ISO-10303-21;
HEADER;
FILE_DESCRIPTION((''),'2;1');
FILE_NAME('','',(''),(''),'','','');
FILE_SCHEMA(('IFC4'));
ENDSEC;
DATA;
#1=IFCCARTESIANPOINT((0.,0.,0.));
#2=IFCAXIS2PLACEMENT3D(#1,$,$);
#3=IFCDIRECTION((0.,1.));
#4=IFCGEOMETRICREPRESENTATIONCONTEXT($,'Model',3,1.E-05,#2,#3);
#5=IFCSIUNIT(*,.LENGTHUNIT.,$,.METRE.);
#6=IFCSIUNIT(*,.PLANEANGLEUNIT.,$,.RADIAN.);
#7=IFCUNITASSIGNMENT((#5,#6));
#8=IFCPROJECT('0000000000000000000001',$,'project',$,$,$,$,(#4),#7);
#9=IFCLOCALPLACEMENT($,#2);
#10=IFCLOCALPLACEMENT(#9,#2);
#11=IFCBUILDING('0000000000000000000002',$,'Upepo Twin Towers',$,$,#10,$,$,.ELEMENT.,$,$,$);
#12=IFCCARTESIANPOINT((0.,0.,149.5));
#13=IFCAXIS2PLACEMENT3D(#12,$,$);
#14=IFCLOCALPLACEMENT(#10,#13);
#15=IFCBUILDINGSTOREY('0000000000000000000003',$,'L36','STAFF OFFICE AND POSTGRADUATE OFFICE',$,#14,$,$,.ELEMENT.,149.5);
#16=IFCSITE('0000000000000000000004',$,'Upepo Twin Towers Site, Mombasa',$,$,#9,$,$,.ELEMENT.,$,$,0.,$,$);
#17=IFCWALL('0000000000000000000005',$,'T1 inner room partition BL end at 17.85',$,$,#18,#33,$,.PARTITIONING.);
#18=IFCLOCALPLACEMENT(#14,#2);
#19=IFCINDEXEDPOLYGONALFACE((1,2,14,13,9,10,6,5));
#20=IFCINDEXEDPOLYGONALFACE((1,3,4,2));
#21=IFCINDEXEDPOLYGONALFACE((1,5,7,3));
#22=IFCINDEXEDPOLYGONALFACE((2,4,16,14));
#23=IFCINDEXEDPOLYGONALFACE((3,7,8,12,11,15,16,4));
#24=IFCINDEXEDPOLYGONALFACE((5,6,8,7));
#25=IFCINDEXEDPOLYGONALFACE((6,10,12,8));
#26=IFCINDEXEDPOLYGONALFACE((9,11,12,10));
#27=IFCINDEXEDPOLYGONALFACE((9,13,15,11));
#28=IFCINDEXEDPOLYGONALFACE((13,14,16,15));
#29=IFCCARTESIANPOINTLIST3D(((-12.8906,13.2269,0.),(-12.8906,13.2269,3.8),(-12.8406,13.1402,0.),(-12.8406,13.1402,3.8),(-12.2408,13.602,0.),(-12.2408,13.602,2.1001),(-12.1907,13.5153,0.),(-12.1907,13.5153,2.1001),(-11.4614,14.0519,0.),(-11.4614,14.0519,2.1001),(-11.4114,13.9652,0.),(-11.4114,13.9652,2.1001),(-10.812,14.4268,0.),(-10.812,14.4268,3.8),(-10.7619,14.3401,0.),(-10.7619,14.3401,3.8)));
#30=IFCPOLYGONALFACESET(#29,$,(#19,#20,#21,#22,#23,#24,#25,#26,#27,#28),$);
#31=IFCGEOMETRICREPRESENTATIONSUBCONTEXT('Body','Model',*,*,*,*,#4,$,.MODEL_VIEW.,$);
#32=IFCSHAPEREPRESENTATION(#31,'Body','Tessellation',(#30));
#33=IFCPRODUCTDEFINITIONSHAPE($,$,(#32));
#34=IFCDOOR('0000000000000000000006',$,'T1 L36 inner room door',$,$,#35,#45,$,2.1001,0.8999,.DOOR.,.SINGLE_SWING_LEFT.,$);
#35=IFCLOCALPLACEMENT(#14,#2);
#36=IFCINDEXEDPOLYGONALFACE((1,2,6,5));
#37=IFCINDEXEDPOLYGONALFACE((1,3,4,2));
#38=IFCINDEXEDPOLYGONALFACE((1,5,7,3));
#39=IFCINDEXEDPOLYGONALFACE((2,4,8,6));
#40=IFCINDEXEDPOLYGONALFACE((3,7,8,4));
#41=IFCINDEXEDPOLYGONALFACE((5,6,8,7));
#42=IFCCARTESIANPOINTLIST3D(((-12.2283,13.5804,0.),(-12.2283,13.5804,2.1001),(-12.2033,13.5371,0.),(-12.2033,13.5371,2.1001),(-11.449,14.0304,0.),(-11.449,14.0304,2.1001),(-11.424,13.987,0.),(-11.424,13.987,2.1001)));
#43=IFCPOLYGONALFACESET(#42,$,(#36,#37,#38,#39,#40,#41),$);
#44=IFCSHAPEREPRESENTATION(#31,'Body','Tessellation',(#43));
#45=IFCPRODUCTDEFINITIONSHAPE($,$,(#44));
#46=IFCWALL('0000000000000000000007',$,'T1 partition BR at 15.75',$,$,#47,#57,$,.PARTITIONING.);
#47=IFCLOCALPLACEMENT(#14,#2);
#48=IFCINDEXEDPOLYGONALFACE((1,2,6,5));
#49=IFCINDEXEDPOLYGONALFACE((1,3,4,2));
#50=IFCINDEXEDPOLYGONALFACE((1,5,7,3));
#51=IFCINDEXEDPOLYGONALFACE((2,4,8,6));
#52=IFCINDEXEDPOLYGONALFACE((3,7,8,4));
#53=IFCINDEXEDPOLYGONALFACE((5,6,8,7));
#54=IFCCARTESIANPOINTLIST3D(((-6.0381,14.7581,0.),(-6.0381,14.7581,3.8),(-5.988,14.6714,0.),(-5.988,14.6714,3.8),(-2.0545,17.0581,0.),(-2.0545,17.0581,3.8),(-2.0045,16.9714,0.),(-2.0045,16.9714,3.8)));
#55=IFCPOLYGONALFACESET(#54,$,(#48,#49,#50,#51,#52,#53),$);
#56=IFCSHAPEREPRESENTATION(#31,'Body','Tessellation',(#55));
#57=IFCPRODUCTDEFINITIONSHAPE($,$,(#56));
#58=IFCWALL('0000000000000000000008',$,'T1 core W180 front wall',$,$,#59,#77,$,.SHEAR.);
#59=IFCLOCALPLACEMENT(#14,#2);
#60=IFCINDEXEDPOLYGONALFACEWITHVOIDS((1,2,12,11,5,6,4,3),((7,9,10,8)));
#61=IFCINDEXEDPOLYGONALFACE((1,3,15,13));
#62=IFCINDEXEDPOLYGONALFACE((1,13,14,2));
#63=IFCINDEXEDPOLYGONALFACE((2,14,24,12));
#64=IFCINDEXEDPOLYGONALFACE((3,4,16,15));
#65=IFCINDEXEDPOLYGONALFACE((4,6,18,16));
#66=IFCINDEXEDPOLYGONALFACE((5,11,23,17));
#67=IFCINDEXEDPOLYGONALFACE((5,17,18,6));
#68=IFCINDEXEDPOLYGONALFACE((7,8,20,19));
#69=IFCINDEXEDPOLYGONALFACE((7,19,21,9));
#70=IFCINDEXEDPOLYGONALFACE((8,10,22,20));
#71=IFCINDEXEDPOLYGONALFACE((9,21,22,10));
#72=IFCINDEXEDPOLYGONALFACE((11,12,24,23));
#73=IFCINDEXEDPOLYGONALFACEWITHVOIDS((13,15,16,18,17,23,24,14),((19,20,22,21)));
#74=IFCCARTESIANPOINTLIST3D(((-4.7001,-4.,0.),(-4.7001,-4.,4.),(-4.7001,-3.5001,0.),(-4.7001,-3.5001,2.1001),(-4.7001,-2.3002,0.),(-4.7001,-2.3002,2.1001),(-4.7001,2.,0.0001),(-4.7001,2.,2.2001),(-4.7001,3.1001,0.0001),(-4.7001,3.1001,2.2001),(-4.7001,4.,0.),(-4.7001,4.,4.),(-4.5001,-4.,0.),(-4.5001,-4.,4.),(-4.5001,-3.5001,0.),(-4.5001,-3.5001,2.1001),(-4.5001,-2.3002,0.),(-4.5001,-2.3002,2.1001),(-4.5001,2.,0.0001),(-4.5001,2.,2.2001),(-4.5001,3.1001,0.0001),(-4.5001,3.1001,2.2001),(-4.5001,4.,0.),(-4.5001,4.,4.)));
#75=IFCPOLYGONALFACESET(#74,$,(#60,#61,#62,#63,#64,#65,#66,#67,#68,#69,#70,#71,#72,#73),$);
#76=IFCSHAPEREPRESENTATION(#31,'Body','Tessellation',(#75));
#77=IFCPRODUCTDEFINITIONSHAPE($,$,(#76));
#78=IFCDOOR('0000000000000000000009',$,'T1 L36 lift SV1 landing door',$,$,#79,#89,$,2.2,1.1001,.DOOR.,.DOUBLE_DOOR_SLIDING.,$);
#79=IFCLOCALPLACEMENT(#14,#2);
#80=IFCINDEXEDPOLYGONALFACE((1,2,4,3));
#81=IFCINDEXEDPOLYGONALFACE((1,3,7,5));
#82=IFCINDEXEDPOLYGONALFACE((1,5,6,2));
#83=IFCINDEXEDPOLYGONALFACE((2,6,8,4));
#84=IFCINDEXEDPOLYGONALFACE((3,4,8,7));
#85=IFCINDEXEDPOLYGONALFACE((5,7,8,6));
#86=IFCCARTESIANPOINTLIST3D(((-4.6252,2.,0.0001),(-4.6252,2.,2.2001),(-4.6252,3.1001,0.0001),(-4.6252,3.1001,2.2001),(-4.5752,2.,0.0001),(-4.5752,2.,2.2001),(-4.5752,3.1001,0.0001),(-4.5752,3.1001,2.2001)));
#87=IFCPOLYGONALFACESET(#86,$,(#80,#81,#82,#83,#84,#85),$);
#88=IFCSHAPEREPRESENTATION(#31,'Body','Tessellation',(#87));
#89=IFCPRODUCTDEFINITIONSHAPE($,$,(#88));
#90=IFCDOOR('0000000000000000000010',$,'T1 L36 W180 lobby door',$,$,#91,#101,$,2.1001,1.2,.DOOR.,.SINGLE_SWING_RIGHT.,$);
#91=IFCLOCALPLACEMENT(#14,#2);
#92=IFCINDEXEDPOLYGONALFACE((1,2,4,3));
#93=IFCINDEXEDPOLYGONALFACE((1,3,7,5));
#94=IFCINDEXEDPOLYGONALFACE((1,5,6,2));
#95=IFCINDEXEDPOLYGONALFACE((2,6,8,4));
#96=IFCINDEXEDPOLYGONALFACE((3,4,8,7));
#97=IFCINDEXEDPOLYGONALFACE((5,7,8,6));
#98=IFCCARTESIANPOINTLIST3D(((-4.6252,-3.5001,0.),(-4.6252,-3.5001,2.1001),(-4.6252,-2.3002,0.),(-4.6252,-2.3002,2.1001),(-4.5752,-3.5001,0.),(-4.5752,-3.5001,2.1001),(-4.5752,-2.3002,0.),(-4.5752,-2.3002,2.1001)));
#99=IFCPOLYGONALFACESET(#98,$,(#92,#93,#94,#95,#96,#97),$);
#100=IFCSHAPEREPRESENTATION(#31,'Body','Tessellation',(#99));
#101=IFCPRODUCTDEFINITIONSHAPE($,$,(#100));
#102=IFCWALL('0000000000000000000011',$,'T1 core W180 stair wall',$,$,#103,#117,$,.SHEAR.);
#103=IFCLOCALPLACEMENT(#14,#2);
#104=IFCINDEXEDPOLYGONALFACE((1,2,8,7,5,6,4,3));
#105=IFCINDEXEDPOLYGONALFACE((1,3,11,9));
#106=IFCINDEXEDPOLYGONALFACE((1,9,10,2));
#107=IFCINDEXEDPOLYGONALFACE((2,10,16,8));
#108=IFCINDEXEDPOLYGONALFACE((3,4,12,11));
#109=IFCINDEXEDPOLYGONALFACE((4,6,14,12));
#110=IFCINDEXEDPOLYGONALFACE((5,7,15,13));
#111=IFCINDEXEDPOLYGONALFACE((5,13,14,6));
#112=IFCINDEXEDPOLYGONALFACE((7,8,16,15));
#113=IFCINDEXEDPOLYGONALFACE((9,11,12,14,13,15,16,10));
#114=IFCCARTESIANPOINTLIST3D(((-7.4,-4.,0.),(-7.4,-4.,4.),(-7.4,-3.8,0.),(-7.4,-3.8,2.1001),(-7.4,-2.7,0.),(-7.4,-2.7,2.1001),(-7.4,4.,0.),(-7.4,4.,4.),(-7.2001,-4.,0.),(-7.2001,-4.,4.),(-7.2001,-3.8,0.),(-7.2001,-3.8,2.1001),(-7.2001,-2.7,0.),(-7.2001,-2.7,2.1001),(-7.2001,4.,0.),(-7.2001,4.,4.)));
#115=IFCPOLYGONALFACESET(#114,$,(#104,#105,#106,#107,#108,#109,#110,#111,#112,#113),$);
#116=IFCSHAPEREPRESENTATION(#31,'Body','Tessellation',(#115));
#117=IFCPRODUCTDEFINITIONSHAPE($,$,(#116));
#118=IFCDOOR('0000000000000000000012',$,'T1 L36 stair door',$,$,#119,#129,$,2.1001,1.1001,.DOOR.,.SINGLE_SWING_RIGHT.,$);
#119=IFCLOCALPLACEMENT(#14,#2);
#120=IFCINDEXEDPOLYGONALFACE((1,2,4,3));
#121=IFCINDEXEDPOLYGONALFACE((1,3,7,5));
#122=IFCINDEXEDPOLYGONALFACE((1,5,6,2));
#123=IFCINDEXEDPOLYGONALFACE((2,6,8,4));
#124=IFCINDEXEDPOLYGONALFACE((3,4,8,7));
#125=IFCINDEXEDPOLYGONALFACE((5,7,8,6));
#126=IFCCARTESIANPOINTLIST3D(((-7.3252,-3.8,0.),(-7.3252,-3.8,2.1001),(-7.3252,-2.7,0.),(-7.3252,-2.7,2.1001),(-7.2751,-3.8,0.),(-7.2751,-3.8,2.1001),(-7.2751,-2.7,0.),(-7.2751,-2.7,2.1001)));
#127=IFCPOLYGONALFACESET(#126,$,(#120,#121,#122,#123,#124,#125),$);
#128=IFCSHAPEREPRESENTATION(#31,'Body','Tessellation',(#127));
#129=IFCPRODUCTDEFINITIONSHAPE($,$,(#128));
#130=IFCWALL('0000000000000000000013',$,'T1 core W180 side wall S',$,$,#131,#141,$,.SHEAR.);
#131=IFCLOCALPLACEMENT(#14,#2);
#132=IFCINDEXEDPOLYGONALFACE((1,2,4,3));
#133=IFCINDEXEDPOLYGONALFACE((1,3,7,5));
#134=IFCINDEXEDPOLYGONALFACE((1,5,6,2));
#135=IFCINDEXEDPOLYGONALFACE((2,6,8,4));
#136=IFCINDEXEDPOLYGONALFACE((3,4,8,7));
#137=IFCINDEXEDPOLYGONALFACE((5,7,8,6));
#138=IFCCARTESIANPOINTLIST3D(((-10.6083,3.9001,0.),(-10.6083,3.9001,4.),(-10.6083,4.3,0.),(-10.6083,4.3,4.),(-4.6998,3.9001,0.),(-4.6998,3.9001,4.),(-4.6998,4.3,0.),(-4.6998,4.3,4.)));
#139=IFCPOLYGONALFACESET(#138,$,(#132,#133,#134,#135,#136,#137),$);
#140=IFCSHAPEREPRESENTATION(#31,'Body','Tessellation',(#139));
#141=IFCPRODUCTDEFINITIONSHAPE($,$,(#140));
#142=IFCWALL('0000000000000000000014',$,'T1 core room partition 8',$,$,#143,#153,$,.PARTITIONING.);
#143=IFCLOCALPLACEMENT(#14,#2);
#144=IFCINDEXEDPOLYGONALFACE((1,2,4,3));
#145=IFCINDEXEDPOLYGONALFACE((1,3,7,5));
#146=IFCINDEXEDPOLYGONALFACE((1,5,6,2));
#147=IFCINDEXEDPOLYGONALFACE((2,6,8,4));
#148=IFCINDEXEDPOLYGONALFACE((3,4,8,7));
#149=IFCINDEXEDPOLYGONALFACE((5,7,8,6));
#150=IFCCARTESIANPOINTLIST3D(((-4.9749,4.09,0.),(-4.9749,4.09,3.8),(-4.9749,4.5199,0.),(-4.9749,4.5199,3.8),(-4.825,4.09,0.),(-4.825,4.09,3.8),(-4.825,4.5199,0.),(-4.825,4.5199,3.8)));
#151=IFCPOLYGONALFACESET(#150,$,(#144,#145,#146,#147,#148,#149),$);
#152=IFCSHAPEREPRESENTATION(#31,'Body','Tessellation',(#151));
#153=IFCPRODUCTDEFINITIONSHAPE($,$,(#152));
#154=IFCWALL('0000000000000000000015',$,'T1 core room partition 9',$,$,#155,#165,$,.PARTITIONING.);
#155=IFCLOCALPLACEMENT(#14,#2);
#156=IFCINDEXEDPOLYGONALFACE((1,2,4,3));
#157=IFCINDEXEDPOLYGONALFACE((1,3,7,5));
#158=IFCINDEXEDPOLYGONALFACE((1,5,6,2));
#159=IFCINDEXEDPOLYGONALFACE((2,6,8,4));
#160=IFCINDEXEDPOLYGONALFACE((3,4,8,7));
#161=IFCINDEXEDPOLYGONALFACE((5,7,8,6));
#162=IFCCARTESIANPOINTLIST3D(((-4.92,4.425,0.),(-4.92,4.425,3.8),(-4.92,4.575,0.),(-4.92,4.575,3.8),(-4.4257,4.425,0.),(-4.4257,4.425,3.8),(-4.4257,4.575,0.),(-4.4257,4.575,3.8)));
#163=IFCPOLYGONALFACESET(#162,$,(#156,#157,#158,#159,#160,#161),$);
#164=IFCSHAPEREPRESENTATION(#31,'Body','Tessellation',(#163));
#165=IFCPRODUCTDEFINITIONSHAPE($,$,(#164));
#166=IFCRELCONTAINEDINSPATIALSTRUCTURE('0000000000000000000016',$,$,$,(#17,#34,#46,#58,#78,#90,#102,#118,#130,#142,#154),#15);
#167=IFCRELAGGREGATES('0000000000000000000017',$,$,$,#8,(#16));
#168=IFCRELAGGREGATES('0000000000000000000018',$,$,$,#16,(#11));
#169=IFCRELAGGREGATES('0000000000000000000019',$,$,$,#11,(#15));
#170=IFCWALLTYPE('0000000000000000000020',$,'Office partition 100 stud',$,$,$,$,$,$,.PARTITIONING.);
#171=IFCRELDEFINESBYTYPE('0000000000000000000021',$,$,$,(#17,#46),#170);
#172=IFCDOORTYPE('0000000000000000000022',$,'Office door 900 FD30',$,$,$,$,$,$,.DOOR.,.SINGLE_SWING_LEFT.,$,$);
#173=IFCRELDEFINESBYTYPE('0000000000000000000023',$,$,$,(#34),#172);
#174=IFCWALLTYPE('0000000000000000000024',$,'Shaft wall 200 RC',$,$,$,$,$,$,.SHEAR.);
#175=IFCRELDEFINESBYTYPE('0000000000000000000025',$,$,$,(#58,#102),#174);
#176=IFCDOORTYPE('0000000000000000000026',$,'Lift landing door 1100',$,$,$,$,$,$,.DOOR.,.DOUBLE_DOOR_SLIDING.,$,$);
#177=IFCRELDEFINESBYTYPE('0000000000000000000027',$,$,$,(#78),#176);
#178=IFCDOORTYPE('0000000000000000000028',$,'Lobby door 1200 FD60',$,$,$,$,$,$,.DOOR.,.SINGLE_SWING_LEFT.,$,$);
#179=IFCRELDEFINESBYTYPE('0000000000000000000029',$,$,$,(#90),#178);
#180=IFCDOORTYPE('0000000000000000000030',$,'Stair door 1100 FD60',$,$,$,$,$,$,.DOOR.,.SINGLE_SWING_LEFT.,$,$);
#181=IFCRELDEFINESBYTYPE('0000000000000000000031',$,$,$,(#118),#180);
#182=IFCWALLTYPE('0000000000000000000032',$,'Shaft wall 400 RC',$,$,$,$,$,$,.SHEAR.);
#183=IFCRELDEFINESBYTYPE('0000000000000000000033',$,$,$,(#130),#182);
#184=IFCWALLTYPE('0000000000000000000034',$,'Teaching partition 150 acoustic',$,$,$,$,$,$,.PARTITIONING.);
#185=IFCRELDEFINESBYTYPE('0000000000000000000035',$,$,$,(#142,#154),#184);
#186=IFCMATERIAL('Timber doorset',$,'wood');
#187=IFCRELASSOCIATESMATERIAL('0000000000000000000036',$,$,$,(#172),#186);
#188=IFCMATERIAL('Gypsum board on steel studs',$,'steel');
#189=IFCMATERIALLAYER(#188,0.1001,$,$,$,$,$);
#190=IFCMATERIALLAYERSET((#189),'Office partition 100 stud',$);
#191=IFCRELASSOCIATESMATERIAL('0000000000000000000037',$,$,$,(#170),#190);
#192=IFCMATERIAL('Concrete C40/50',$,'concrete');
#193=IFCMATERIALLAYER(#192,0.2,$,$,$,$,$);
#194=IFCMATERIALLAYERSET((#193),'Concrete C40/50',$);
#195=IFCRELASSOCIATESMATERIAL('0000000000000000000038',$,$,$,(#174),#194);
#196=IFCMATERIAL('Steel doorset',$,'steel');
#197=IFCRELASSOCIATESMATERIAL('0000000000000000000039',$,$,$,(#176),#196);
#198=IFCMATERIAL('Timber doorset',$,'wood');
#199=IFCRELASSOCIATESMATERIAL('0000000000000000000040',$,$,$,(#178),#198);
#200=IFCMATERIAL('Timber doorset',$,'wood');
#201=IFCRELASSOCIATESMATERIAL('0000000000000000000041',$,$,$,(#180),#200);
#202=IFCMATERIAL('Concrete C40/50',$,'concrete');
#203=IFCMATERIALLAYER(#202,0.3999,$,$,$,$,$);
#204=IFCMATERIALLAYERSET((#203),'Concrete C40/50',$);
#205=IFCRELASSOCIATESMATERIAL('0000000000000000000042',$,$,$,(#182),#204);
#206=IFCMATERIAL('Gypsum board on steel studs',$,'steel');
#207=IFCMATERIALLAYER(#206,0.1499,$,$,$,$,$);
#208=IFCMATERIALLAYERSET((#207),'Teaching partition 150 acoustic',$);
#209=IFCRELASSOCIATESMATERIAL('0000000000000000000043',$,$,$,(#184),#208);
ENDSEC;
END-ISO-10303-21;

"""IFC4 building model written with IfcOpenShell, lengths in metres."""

from ifc_helpers import new_model, si_unit, direction, frame, frame_2d, origin, place, context, subcontext, project, spatial, rectangle, extrude, material, layer, layer_set, type_object, element, fill, save


model = new_model("IFC4")

# Units and contexts
model_context = context("Model", 3, precision=1e-05, world=origin(), true_north=direction((0.0, 1.0)))
body_context = subcontext(model_context, "Body", "Model", "MODEL_VIEW")
ifc_project = project(units=[si_unit("LENGTHUNIT", "METRE"), si_unit("PLANEANGLEUNIT", "RADIAN")], contexts=[model_context])

# Site, building, storey
site_placement = place(None, origin())
site = spatial("IfcSite", under=ifc_project, at=site_placement, Name="Upepo Twin Towers Site, Mombasa", CompositionType="ELEMENT", RefElevation=0.0)
building_placement = place(site_placement, origin())
building = spatial("IfcBuilding", under=site, at=building_placement, Name="Upepo Twin Towers", CompositionType="ELEMENT")
storey_placement = place(building_placement, frame((0.0, 0.0, 149.5)))
storey = spatial("IfcBuildingStorey", under=building, at=storey_placement, Name="L36", Description="STAFF OFFICE AND POSTGRADUATE OFFICE", CompositionType="ELEMENT", Elevation=149.5)

# Shared definitions
ifc_material_1 = material(Name="Timber doorset", Category="wood")
door_type_1 = type_object("IfcDoorType", Name="Office door 900 FD30", OperationType="SINGLE_SWING_LEFT", PredefinedType="DOOR", material=ifc_material_1)

# Shared definitions
ifc_material_2 = material(Name="Gypsum board on steel studs", Category="steel")
ifc_layer_1 = layer(ifc_material_2, 0.1001)
ifc_layer_set_1 = layer_set([ifc_layer_1], Name="Office partition 100 stud")
wall_type_1 = type_object("IfcWallType", Name="Office partition 100 stud", PredefinedType="PARTITIONING", material=ifc_layer_set_1)

# Wall, opening, door
wall_1_placement = place(storey_placement, frame((-10.7869, 14.3835, 0.0), z_axis=(0.0, 0.0, 1.0), x_axis=(-0.86605, -0.499957, 0.0)))
wall_1 = element("IfcWall", 1, at=wall_1_placement, inside=storey, type_object=wall_type_1, Name="T1 inner room partition BL end at 17.85", PredefinedType="PARTITIONING", context=body_context, shape_type="SweptSolid", body=[
    extrude(rectangle(XDim=2.4001, YDim=0.1001, at=frame_2d((1.2002, 0.0))), origin(), (0.0, 0.0, 1.0), 3.8),
])
opening_1_placement = place(wall_1_placement, frame((0.75, 0.0, 0.0)))
opening_1 = element("IfcOpeningElement", 2, at=opening_1_placement, cuts=wall_1, PredefinedType="OPENING", context=body_context, shape_type="SweptSolid", body=[
    extrude(rectangle(XDim=0.8999, YDim=2.1001, at=frame_2d((0.45, 1.05))), frame((0.0, 0.0601, 0.0), z_axis=(0.0, -1.0, 0.0), x_axis=(1.0, 0.0, 0.0)), (0.0, 0.0, 1.0), 0.1201),
])
door_1_placement = place(opening_1_placement, origin())
door_1 = element("IfcDoor", 3, at=door_1_placement, inside=storey, type_object=door_type_1, Name="T1 L36 inner room door", OperationType="SINGLE_SWING_LEFT", OverallHeight=2.1001, OverallWidth=0.8999, PredefinedType="DOOR", context=body_context, shape_type="SweptSolid", body=[
    extrude(rectangle(XDim=0.8999, YDim=2.1001, at=frame_2d((0.45, 1.05))), frame((0.0, 0.0249, 0.0), z_axis=(0.0, -1.0, 0.0), x_axis=(1.0, 0.0, 0.0)), (0.0, 0.0, 1.0), 0.05),
])
fill(opening_1, door_1)

# Wall
wall_2_placement = place(storey_placement, frame((-6.0129, 14.7148, 0.0), z_axis=(0.0, 0.0, 1.0), x_axis=(0.866017, 0.500015, 0.0)))
element("IfcWall", 4, at=wall_2_placement, inside=storey, type_object=wall_type_1, Name="T1 partition BR at 15.75", PredefinedType="PARTITIONING", context=body_context, shape_type="SweptSolid", body=[
    extrude(rectangle(XDim=4.5999, YDim=0.1001, at=frame_2d((2.2998, 0.0))), origin(), (0.0, 0.0, 1.0), 3.8),
])

# Wall, openings, doors
ifc_material_3 = material(Name="Concrete C40/50", Category="concrete")
ifc_layer_2 = layer(ifc_material_3, 0.2)
ifc_layer_set_2 = layer_set([ifc_layer_2], Name="Concrete C40/50")
wall_type_2 = type_object("IfcWallType", Name="Shaft wall 200 RC", PredefinedType="SHEAR", material=ifc_layer_set_2)
wall_3_placement = place(storey_placement, frame((-4.6001, 4.0, 0.0), z_axis=(0.0, 0.0, 1.0), x_axis=(0.0, -1.0, 0.0)))
wall_3 = element("IfcWall", 5, at=wall_3_placement, inside=storey, type_object=wall_type_2, Name="T1 core W180 front wall", PredefinedType="SHEAR", context=body_context, shape_type="SweptSolid", body=[
    extrude(rectangle(XDim=8.0, YDim=0.2, at=frame_2d((4.0, 0.0))), origin(), (0.0, 0.0, 1.0), 4.0),
])
opening_2_placement = place(wall_3_placement, frame((6.3, 0.0, 0.0)))
opening_2 = element("IfcOpeningElement", 6, at=opening_2_placement, cuts=wall_3, PredefinedType="OPENING", context=body_context, shape_type="SweptSolid", body=[
    extrude(rectangle(XDim=1.2, YDim=2.1001, at=frame_2d((0.6001, 1.05))), frame((0.0, 0.1099, 0.0), z_axis=(0.0, -1.0, 0.0), x_axis=(1.0, 0.0, 0.0)), (0.0, 0.0, 1.0), 0.22),
])
opening_3_placement = place(wall_3_placement, frame((0.8999, 0.0, 0.0)))
opening_3 = element("IfcOpeningElement", 7, at=opening_3_placement, cuts=wall_3, PredefinedType="OPENING", context=body_context, shape_type="SweptSolid", body=[
    extrude(rectangle(XDim=1.1001, YDim=2.2, at=frame_2d((0.55, 1.1001))), frame((0.0, 0.1099, 0.0), z_axis=(0.0, -1.0, 0.0), x_axis=(1.0, 0.0, 0.0)), (0.0, 0.0, 1.0), 0.22),
])
ifc_material_4 = material(Name="Steel doorset", Category="steel")
door_type_2 = type_object("IfcDoorType", Name="Lift landing door 1100", OperationType="DOUBLE_DOOR_SLIDING", PredefinedType="DOOR", material=ifc_material_4)
door_2_placement = place(opening_3_placement, origin())
door_2 = element("IfcDoor", 8, at=door_2_placement, inside=storey, type_object=door_type_2, Name="T1 L36 lift SV1 landing door", OperationType="DOUBLE_DOOR_SLIDING", OverallHeight=2.2, OverallWidth=1.1001, PredefinedType="DOOR", context=body_context, shape_type="SweptSolid", body=[
    extrude(rectangle(XDim=1.1001, YDim=2.2, at=frame_2d((0.55, 1.1001))), frame((0.0, 0.0249, 0.0), z_axis=(0.0, -1.0, 0.0), x_axis=(1.0, 0.0, 0.0)), (0.0, 0.0, 1.0), 0.05),
])
fill(opening_3, door_2)
ifc_material_5 = material(Name="Timber doorset", Category="wood")
door_type_3 = type_object("IfcDoorType", Name="Lobby door 1200 FD60", OperationType="SINGLE_SWING_LEFT", PredefinedType="DOOR", material=ifc_material_5)
door_3_placement = place(opening_2_placement, origin())
door_3 = element("IfcDoor", 9, at=door_3_placement, inside=storey, type_object=door_type_3, Name="T1 L36 W180 lobby door", OperationType="SINGLE_SWING_RIGHT", OverallHeight=2.1001, OverallWidth=1.2, PredefinedType="DOOR", context=body_context, shape_type="SweptSolid", body=[
    extrude(rectangle(XDim=1.2, YDim=2.1001, at=frame_2d((0.6001, 1.05))), frame((0.0, 0.0249, 0.0), z_axis=(0.0, -1.0, 0.0), x_axis=(1.0, 0.0, 0.0)), (0.0, 0.0, 1.0), 0.05),
])
fill(opening_2, door_3)

# Wall, opening, door
wall_4_placement = place(storey_placement, frame((-7.3, 4.0, 0.0), z_axis=(0.0, 0.0, 1.0), x_axis=(0.0, -1.0, 0.0)))
wall_4 = element("IfcWall", 10, at=wall_4_placement, inside=storey, type_object=wall_type_2, Name="T1 core W180 stair wall", PredefinedType="SHEAR", context=body_context, shape_type="SweptSolid", body=[
    extrude(rectangle(XDim=8.0, YDim=0.2, at=frame_2d((4.0, 0.0))), origin(), (0.0, 0.0, 1.0), 4.0),
])
opening_4_placement = place(wall_4_placement, frame((6.7, 0.0, 0.0)))
opening_4 = element("IfcOpeningElement", 11, at=opening_4_placement, cuts=wall_4, PredefinedType="OPENING", context=body_context, shape_type="SweptSolid", body=[
    extrude(rectangle(XDim=1.1001, YDim=2.1001, at=frame_2d((0.55, 1.05))), frame((0.0, 0.1099, 0.0), z_axis=(0.0, -1.0, 0.0), x_axis=(1.0, 0.0, 0.0)), (0.0, 0.0, 1.0), 0.22),
])
ifc_material_6 = material(Name="Timber doorset", Category="wood")
door_type_4 = type_object("IfcDoorType", Name="Stair door 1100 FD60", OperationType="SINGLE_SWING_LEFT", PredefinedType="DOOR", material=ifc_material_6)
door_4_placement = place(opening_4_placement, origin())
door_4 = element("IfcDoor", 12, at=door_4_placement, inside=storey, type_object=door_type_4, Name="T1 L36 stair door", OperationType="SINGLE_SWING_RIGHT", OverallHeight=2.1001, OverallWidth=1.1001, PredefinedType="DOOR", context=body_context, shape_type="SweptSolid", body=[
    extrude(rectangle(XDim=1.1001, YDim=2.1001, at=frame_2d((0.55, 1.05))), frame((0.0, 0.0249, 0.0), z_axis=(0.0, -1.0, 0.0), x_axis=(1.0, 0.0, 0.0)), (0.0, 0.0, 1.0), 0.05),
])
fill(opening_4, door_4)

# Walls
ifc_material_7 = material(Name="Concrete C40/50", Category="concrete")
ifc_layer_3 = layer(ifc_material_7, 0.3999)
ifc_layer_set_3 = layer_set([ifc_layer_3], Name="Concrete C40/50")
wall_type_3 = type_object("IfcWallType", Name="Shaft wall 400 RC", PredefinedType="SHEAR", material=ifc_layer_set_3)
wall_5_placement = place(storey_placement, frame((-4.7, 4.1001, 0.0), z_axis=(0.0, 0.0, 1.0), x_axis=(-1.0, 0.0, 0.0)))
element("IfcWall", 13, at=wall_5_placement, inside=storey, type_object=wall_type_3, Name="T1 core W180 side wall S", PredefinedType="SHEAR", context=body_context, shape_type="SweptSolid", body=[
    extrude(rectangle(XDim=5.9084, YDim=0.3999, at=frame_2d((2.9541, 0.0))), origin(), (0.0, 0.0, 1.0), 4.0),
])
ifc_material_8 = material(Name="Gypsum board on steel studs", Category="steel")
ifc_layer_4 = layer(ifc_material_8, 0.1499)
ifc_layer_set_4 = layer_set([ifc_layer_4], Name="Teaching partition 150 acoustic")
wall_type_4 = type_object("IfcWallType", Name="Teaching partition 150 acoustic", PredefinedType="PARTITIONING", material=ifc_layer_set_4)
wall_6_placement = place(storey_placement, frame((-4.8999, 4.0901, 0.0), z_axis=(0.0, 0.0, 1.0), x_axis=(0.0, 1.0, 0.0)))
element("IfcWall", 14, at=wall_6_placement, inside=storey, type_object=wall_type_4, Name="T1 core room partition 8", PredefinedType="PARTITIONING", context=body_context, shape_type="SweptSolid", body=[
    extrude(rectangle(XDim=0.4299, YDim=0.1499, at=frame_2d((0.2148, 0.0))), origin(), (0.0, 0.0, 1.0), 3.8),
])
wall_7_placement = place(storey_placement, frame((-4.9199, 4.5, 0.0), z_axis=(0.0, 0.0, 1.0), x_axis=(1.0, 0.0, 0.0)))
element("IfcWall", 15, at=wall_7_placement, inside=storey, type_object=wall_type_4, Name="T1 core room partition 9", PredefinedType="PARTITIONING", context=body_context, shape_type="SweptSolid", body=[
    extrude(rectangle(XDim=0.4944, YDim=0.1499, at=frame_2d((0.2471, 0.0))), origin(), (0.0, 0.0, 1.0), 3.8),
])

save(model, "model.ifc")
